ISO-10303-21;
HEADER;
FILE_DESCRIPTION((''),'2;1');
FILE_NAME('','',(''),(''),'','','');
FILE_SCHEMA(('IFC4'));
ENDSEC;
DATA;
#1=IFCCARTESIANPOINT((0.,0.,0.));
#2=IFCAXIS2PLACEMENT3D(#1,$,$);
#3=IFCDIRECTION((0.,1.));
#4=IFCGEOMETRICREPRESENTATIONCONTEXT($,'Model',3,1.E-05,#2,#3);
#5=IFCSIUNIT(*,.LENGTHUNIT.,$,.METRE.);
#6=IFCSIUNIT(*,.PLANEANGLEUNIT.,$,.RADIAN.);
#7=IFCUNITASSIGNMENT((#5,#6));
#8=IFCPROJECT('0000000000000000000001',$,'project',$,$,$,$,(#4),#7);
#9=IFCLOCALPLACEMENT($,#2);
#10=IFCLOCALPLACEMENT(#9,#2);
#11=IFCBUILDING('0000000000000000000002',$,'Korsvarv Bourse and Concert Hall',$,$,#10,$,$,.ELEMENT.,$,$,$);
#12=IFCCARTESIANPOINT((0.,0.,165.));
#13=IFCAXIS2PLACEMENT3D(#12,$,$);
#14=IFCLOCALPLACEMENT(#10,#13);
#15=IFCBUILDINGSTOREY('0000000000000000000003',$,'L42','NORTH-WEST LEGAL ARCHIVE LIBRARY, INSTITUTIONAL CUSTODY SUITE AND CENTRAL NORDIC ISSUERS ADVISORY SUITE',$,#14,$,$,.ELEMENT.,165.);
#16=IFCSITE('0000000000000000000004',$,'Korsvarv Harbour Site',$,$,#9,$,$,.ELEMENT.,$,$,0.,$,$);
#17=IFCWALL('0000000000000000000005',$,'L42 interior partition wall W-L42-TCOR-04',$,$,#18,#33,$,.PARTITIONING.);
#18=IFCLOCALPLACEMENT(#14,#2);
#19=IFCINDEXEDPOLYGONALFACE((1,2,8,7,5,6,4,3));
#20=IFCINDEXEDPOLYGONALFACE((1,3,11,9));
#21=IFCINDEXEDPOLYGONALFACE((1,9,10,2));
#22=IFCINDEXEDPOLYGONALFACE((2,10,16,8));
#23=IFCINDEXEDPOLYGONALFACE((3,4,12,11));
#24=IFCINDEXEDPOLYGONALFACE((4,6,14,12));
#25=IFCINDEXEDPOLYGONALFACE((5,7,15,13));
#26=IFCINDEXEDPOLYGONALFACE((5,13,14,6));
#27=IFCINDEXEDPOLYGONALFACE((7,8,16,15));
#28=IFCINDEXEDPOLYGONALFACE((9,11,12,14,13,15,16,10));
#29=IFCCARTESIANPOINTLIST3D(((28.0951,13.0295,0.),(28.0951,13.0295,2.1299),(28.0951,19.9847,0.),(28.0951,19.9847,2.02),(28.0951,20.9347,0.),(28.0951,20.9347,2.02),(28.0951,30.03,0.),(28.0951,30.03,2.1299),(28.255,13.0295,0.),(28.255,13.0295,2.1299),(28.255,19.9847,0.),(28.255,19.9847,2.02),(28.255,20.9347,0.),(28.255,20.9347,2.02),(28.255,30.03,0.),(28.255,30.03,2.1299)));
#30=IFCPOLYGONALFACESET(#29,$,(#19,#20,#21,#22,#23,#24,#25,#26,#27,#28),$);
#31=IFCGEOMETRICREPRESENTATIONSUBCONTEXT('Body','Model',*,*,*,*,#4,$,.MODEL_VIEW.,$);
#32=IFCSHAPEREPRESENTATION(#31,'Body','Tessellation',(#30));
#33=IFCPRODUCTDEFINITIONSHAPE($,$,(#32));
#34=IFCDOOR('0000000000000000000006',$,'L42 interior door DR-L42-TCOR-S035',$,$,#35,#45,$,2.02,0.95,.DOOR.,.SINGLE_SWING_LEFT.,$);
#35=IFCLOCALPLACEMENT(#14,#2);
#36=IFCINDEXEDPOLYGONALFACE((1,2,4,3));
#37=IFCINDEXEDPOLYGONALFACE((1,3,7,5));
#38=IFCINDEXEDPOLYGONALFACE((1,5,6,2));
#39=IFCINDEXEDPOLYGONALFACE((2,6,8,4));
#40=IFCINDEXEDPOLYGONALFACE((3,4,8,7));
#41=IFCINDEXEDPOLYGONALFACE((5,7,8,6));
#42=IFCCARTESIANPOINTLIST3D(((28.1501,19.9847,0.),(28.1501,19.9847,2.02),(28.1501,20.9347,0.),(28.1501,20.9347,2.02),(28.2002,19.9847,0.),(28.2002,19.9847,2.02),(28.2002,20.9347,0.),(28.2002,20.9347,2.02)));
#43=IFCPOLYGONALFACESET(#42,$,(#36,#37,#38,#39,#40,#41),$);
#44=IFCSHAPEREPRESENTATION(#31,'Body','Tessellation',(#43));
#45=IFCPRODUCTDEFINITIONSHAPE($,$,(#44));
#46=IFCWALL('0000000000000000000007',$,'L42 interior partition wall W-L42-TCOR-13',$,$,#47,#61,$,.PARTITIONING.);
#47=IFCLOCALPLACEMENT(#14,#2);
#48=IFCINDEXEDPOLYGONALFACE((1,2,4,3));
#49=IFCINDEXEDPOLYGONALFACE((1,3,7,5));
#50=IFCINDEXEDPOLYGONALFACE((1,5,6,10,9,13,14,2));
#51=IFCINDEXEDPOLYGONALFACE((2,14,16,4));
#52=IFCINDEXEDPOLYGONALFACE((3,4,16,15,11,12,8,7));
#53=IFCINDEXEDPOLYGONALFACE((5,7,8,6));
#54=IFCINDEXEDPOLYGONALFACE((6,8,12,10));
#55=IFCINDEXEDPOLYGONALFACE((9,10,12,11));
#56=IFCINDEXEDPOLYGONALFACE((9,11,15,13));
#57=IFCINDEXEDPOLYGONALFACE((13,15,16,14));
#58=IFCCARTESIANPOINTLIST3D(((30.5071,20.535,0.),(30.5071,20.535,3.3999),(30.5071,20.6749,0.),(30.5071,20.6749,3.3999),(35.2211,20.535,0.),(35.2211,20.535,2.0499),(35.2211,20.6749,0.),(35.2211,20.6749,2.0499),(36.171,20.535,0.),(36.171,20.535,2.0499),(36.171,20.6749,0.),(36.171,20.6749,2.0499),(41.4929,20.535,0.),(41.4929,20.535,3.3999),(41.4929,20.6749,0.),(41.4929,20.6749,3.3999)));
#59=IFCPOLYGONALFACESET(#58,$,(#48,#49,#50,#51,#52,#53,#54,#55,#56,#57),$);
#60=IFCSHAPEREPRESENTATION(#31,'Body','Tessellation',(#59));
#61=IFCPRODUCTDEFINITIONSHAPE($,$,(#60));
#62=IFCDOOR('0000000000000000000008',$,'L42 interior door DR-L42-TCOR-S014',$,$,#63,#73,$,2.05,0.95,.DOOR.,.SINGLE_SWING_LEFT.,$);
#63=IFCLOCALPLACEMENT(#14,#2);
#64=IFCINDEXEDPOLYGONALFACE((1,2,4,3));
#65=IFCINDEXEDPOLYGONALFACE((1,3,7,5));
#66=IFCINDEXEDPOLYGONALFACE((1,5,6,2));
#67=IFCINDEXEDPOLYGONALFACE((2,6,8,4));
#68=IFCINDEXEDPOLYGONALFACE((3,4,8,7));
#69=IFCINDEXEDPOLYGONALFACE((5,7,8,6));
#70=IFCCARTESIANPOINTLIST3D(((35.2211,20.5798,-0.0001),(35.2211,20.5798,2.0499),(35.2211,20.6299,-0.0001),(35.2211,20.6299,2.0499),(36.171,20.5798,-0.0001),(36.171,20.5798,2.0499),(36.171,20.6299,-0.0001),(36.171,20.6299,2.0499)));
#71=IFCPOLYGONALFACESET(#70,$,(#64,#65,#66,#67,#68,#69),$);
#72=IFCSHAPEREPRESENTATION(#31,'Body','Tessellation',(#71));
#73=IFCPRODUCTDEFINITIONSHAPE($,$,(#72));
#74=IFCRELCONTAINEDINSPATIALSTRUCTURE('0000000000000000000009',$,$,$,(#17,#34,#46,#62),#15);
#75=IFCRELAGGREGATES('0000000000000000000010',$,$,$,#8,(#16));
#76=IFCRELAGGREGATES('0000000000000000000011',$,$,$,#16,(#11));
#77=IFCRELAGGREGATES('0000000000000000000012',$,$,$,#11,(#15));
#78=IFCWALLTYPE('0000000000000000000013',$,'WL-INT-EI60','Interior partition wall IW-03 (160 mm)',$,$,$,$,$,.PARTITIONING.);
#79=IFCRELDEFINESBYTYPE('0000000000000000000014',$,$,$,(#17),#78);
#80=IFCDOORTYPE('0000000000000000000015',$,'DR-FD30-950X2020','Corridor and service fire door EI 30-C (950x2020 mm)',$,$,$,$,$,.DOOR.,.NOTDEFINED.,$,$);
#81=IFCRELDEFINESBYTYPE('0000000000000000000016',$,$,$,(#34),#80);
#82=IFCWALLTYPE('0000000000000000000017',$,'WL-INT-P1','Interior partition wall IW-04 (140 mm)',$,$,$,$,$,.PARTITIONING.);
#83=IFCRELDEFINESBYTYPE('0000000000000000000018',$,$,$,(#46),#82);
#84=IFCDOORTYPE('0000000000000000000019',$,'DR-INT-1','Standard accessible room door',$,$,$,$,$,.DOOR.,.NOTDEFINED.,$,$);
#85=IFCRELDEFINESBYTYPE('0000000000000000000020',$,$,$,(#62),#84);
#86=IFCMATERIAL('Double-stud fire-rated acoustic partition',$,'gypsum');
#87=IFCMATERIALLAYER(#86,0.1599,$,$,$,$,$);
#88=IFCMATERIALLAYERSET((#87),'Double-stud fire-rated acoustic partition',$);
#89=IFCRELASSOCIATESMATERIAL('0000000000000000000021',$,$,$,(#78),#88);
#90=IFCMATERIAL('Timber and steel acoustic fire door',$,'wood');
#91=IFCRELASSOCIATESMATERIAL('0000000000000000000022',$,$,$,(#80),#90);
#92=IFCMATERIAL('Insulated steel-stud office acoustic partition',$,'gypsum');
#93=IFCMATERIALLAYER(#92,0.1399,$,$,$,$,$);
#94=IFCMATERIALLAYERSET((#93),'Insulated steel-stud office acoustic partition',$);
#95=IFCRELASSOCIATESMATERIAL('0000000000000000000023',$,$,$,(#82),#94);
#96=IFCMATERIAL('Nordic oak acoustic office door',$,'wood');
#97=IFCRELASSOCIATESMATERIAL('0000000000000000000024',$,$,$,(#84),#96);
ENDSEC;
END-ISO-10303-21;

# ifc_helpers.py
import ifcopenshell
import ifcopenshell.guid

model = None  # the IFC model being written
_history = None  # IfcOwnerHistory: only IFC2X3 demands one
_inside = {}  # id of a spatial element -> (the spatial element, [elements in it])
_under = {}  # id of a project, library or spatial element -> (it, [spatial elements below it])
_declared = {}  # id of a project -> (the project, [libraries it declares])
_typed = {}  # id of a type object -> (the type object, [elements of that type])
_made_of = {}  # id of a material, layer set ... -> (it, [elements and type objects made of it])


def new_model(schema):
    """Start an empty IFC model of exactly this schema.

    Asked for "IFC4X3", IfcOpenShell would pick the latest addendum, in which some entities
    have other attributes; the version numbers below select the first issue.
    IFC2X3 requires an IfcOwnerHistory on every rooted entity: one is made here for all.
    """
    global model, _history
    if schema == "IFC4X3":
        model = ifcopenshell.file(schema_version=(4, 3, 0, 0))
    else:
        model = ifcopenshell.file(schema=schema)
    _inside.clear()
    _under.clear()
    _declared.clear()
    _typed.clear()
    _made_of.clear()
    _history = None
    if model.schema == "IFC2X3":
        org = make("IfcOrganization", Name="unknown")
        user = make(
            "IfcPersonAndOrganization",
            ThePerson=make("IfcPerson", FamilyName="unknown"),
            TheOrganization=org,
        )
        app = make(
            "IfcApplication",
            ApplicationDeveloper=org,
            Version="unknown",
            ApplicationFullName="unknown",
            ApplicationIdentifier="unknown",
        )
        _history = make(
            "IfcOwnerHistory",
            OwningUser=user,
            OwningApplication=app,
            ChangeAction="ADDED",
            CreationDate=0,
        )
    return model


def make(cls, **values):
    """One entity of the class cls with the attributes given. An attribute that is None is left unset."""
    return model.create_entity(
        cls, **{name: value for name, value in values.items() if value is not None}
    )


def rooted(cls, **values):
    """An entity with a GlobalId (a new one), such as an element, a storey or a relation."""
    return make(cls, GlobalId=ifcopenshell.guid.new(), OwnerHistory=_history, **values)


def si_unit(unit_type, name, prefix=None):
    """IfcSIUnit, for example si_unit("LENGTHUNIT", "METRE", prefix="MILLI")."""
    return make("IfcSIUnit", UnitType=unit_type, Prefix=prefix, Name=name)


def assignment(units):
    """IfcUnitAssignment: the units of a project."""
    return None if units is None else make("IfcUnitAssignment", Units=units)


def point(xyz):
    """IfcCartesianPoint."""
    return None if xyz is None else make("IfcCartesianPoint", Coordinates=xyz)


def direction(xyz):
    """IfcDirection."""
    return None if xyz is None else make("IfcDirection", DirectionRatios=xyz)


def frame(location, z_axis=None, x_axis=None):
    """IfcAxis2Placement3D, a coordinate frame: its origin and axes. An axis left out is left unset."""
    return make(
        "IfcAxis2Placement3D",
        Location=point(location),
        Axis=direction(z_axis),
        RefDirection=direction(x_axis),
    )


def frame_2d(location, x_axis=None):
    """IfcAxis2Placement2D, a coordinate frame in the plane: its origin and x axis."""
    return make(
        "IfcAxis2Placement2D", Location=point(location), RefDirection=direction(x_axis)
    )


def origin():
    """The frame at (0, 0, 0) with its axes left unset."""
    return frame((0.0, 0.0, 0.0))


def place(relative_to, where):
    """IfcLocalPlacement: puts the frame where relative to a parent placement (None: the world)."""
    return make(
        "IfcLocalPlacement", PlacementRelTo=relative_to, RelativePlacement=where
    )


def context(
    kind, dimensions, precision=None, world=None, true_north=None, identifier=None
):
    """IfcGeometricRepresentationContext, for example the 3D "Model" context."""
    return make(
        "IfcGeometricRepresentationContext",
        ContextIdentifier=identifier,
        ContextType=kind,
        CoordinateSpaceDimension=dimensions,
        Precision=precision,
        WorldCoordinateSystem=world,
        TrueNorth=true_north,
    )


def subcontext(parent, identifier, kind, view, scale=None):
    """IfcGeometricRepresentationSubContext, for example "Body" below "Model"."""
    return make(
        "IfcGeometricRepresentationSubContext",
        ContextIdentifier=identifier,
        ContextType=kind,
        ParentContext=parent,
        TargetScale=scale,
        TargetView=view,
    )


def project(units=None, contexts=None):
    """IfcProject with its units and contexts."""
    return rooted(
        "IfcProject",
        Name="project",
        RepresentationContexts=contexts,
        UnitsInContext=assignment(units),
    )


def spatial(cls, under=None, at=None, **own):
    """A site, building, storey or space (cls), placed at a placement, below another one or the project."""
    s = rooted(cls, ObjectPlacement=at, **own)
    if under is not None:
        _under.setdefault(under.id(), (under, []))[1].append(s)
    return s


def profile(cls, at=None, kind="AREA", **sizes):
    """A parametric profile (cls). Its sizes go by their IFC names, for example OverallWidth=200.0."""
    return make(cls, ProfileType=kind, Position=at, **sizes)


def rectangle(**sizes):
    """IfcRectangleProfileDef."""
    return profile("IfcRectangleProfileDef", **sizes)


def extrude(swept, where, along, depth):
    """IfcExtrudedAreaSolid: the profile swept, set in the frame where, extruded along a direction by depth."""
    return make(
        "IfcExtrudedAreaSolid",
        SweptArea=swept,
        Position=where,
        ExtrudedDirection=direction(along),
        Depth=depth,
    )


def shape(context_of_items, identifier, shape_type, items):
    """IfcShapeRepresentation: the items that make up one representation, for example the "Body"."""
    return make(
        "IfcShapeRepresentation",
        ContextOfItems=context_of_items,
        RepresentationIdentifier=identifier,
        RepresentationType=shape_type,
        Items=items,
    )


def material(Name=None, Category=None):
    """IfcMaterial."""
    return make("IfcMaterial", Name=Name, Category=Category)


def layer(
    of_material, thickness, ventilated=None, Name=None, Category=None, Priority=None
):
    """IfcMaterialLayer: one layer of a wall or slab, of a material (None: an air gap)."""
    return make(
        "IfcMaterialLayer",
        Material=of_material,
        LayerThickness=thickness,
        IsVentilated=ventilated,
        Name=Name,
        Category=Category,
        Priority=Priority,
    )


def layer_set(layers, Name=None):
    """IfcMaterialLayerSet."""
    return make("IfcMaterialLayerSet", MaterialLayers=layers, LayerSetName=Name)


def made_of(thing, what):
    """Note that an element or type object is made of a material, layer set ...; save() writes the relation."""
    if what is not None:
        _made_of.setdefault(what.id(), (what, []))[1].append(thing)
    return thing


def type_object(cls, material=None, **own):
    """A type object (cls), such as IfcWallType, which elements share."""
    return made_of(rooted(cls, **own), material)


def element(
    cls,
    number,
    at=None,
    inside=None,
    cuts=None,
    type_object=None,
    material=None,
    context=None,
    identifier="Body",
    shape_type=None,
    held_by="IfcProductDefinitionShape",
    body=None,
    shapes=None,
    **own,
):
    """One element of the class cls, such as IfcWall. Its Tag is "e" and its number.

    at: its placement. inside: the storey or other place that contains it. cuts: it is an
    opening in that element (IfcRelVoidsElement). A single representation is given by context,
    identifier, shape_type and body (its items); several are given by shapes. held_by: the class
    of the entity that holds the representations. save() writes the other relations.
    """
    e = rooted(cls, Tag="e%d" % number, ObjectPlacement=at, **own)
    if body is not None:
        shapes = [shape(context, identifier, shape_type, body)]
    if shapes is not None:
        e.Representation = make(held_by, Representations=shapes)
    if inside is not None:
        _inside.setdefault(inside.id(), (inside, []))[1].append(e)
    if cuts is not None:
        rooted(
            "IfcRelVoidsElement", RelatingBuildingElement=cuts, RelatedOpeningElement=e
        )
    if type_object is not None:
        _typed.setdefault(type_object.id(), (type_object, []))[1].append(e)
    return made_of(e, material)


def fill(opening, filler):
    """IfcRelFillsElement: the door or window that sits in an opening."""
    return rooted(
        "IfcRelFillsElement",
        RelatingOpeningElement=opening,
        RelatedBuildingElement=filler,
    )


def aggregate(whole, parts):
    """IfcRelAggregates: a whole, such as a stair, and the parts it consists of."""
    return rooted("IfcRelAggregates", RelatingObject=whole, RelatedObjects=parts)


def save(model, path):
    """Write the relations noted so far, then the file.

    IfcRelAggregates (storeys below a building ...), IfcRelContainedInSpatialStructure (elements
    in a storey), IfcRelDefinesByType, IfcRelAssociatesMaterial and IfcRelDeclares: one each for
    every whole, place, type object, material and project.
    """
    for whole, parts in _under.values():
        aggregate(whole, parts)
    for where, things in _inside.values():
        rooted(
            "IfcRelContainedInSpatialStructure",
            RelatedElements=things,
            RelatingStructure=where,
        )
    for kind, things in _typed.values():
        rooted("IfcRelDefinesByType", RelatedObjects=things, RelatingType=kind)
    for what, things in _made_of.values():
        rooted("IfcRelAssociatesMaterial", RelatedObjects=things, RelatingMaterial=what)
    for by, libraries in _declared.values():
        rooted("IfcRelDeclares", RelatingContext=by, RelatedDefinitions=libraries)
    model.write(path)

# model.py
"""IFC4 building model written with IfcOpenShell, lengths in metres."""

from ifc_helpers import new_model, si_unit, direction, frame, frame_2d, origin, place, context, subcontext, project, spatial, rectangle, extrude, material, layer, layer_set, type_object, element, fill, save


model = new_model("IFC4")

# Units and contexts
model_context = context("Model", 3, precision=1e-05, world=origin(), true_north=direction((0.0, 1.0)))
body_context = subcontext(model_context, "Body", "Model", "MODEL_VIEW")
ifc_project = project(units=[si_unit("LENGTHUNIT", "METRE"), si_unit("PLANEANGLEUNIT", "RADIAN")], contexts=[model_context])

# Site, building, storey
site_placement = place(None, origin())
site = spatial("IfcSite", under=ifc_project, at=site_placement, Name="Korsvarv Harbour Site", CompositionType="ELEMENT", RefElevation=0.0)
building_placement = place(site_placement, origin())
building = spatial("IfcBuilding", under=site, at=building_placement, Name="Korsvarv Bourse and Concert Hall", CompositionType="ELEMENT")
storey_placement = place(building_placement, frame((0.0, 0.0, 165.0)))
storey = spatial("IfcBuildingStorey", under=building, at=storey_placement, Name="L42", Description="NORTH-WEST LEGAL ARCHIVE LIBRARY, INSTITUTIONAL CUSTODY SUITE AND CENTRAL NORDIC ISSUERS ADVISORY SUITE", CompositionType="ELEMENT", Elevation=165.0)

# Walls, openings, doors
ifc_material_1 = material(Name="Double-stud fire-rated acoustic partition", Category="gypsum")
ifc_layer_1 = layer(ifc_material_1, 0.1599)
ifc_layer_set_1 = layer_set([ifc_layer_1], Name="Double-stud fire-rated acoustic partition")
wall_type_1 = type_object("IfcWallType", Name="WL-INT-EI60", Description="Interior partition wall IW-03 (160 mm)", PredefinedType="PARTITIONING", material=ifc_layer_set_1)
ifc_material_2 = material(Name="Timber and steel acoustic fire door", Category="wood")
wall_1_placement = place(storey_placement, frame((28.175, 13.0295, 0.0), z_axis=(0.0, 0.0, 1.0), x_axis=(0.0, 1.0, 0.0)))
wall_1 = element("IfcWall", 1, at=wall_1_placement, inside=storey, type_object=wall_type_1, Name="L42 interior partition wall W-L42-TCOR-04", PredefinedType="PARTITIONING", context=body_context, shape_type="SweptSolid", body=[
    extrude(rectangle(XDim=17.0005, YDim=0.1599, at=frame_2d((8.5002, 0.0))), origin(), (0.0, 0.0, 1.0), 2.1299),
])
opening_1_placement = place(wall_1_placement, frame((6.9551, 0.0, 0.0)))
opening_1 = element("IfcOpeningElement", 2, at=opening_1_placement, cuts=wall_1, PredefinedType="OPENING", context=body_context, shape_type="SweptSolid", body=[
    extrude(rectangle(XDim=0.95, YDim=2.02, at=frame_2d((0.4751, 1.01))), frame((0.0, 0.0898, 0.0), z_axis=(0.0, -1.0, 0.0), x_axis=(1.0, 0.0, 0.0)), (0.0, 0.0, 1.0), 0.1799),
])
door_type_1 = type_object("IfcDoorType", Name="DR-FD30-950X2020", Description="Corridor and service fire door EI 30-C (950x2020 mm)", OperationType="NOTDEFINED", PredefinedType="DOOR", material=ifc_material_2)
door_1_placement = place(opening_1_placement, origin())
door_1 = element("IfcDoor", 3, at=door_1_placement, inside=storey, type_object=door_type_1, Name="L42 interior door DR-L42-TCOR-S035", OperationType="SINGLE_SWING_LEFT", OverallHeight=2.02, OverallWidth=0.95, PredefinedType="DOOR", context=body_context, shape_type="SweptSolid", body=[
    extrude(rectangle(XDim=0.95, YDim=2.02, at=frame_2d((0.4751, 1.01))), frame((0.0, 0.0249, 0.0), z_axis=(0.0, -1.0, 0.0), x_axis=(1.0, 0.0, 0.0)), (0.0, 0.0, 1.0), 0.05),
])
fill(opening_1, door_1)
ifc_material_3 = material(Name="Insulated steel-stud office acoustic partition", Category="gypsum")
ifc_layer_2 = layer(ifc_material_3, 0.1399)
ifc_layer_set_2 = layer_set([ifc_layer_2], Name="Insulated steel-stud office acoustic partition")
wall_type_2 = type_object("IfcWallType", Name="WL-INT-P1", Description="Interior partition wall IW-04 (140 mm)", PredefinedType="PARTITIONING", material=ifc_layer_set_2)
wall_2_placement = place(storey_placement, frame((30.5071, 20.605, 0.0), z_axis=(0.0, 0.0, 1.0), x_axis=(1.0, 0.0, 0.0)))
wall_2 = element("IfcWall", 4, at=wall_2_placement, inside=storey, type_object=wall_type_2, Name="L42 interior partition wall W-L42-TCOR-13", PredefinedType="PARTITIONING", context=body_context, shape_type="SweptSolid", body=[
    extrude(rectangle(XDim=10.9858, YDim=0.1399, at=frame_2d((5.4929, 0.0))), origin(), (0.0, 0.0, 1.0), 3.3999),
])
opening_2_placement = place(wall_2_placement, frame((4.7139, 0.0, 0.0)))
opening_2 = element("IfcOpeningElement", 5, at=opening_2_placement, cuts=wall_2, PredefinedType="OPENING", context=body_context, shape_type="SweptSolid", body=[
    extrude(rectangle(XDim=0.95, YDim=2.05, at=frame_2d((0.4751, 1.0249))), frame((0.0, 0.0801, 0.0), z_axis=(0.0, -1.0, 0.0), x_axis=(1.0, 0.0, 0.0)), (0.0, 0.0, 1.0), 0.1599),
])
ifc_material_4 = material(Name="Nordic oak acoustic office door", Category="wood")
door_type_2 = type_object("IfcDoorType", Name="DR-INT-1", Description="Standard accessible room door", OperationType="NOTDEFINED", PredefinedType="DOOR", material=ifc_material_4)
door_2_placement = place(opening_2_placement, origin())
door_2 = element("IfcDoor", 6, at=door_2_placement, inside=storey, type_object=door_type_2, Name="L42 interior door DR-L42-TCOR-S014", OperationType="SINGLE_SWING_LEFT", OverallHeight=2.05, OverallWidth=0.95, PredefinedType="DOOR", context=body_context, shape_type="SweptSolid", body=[
    extrude(rectangle(XDim=0.95, YDim=2.05, at=frame_2d((0.4751, 1.0249))), frame((0.0, 0.0249, 0.0), z_axis=(0.0, -1.0, 0.0), x_axis=(1.0, 0.0, 0.0)), (0.0, 0.0, 1.0), 0.05),
])
fill(opening_2, door_2)

save(model, "model.ifc")
